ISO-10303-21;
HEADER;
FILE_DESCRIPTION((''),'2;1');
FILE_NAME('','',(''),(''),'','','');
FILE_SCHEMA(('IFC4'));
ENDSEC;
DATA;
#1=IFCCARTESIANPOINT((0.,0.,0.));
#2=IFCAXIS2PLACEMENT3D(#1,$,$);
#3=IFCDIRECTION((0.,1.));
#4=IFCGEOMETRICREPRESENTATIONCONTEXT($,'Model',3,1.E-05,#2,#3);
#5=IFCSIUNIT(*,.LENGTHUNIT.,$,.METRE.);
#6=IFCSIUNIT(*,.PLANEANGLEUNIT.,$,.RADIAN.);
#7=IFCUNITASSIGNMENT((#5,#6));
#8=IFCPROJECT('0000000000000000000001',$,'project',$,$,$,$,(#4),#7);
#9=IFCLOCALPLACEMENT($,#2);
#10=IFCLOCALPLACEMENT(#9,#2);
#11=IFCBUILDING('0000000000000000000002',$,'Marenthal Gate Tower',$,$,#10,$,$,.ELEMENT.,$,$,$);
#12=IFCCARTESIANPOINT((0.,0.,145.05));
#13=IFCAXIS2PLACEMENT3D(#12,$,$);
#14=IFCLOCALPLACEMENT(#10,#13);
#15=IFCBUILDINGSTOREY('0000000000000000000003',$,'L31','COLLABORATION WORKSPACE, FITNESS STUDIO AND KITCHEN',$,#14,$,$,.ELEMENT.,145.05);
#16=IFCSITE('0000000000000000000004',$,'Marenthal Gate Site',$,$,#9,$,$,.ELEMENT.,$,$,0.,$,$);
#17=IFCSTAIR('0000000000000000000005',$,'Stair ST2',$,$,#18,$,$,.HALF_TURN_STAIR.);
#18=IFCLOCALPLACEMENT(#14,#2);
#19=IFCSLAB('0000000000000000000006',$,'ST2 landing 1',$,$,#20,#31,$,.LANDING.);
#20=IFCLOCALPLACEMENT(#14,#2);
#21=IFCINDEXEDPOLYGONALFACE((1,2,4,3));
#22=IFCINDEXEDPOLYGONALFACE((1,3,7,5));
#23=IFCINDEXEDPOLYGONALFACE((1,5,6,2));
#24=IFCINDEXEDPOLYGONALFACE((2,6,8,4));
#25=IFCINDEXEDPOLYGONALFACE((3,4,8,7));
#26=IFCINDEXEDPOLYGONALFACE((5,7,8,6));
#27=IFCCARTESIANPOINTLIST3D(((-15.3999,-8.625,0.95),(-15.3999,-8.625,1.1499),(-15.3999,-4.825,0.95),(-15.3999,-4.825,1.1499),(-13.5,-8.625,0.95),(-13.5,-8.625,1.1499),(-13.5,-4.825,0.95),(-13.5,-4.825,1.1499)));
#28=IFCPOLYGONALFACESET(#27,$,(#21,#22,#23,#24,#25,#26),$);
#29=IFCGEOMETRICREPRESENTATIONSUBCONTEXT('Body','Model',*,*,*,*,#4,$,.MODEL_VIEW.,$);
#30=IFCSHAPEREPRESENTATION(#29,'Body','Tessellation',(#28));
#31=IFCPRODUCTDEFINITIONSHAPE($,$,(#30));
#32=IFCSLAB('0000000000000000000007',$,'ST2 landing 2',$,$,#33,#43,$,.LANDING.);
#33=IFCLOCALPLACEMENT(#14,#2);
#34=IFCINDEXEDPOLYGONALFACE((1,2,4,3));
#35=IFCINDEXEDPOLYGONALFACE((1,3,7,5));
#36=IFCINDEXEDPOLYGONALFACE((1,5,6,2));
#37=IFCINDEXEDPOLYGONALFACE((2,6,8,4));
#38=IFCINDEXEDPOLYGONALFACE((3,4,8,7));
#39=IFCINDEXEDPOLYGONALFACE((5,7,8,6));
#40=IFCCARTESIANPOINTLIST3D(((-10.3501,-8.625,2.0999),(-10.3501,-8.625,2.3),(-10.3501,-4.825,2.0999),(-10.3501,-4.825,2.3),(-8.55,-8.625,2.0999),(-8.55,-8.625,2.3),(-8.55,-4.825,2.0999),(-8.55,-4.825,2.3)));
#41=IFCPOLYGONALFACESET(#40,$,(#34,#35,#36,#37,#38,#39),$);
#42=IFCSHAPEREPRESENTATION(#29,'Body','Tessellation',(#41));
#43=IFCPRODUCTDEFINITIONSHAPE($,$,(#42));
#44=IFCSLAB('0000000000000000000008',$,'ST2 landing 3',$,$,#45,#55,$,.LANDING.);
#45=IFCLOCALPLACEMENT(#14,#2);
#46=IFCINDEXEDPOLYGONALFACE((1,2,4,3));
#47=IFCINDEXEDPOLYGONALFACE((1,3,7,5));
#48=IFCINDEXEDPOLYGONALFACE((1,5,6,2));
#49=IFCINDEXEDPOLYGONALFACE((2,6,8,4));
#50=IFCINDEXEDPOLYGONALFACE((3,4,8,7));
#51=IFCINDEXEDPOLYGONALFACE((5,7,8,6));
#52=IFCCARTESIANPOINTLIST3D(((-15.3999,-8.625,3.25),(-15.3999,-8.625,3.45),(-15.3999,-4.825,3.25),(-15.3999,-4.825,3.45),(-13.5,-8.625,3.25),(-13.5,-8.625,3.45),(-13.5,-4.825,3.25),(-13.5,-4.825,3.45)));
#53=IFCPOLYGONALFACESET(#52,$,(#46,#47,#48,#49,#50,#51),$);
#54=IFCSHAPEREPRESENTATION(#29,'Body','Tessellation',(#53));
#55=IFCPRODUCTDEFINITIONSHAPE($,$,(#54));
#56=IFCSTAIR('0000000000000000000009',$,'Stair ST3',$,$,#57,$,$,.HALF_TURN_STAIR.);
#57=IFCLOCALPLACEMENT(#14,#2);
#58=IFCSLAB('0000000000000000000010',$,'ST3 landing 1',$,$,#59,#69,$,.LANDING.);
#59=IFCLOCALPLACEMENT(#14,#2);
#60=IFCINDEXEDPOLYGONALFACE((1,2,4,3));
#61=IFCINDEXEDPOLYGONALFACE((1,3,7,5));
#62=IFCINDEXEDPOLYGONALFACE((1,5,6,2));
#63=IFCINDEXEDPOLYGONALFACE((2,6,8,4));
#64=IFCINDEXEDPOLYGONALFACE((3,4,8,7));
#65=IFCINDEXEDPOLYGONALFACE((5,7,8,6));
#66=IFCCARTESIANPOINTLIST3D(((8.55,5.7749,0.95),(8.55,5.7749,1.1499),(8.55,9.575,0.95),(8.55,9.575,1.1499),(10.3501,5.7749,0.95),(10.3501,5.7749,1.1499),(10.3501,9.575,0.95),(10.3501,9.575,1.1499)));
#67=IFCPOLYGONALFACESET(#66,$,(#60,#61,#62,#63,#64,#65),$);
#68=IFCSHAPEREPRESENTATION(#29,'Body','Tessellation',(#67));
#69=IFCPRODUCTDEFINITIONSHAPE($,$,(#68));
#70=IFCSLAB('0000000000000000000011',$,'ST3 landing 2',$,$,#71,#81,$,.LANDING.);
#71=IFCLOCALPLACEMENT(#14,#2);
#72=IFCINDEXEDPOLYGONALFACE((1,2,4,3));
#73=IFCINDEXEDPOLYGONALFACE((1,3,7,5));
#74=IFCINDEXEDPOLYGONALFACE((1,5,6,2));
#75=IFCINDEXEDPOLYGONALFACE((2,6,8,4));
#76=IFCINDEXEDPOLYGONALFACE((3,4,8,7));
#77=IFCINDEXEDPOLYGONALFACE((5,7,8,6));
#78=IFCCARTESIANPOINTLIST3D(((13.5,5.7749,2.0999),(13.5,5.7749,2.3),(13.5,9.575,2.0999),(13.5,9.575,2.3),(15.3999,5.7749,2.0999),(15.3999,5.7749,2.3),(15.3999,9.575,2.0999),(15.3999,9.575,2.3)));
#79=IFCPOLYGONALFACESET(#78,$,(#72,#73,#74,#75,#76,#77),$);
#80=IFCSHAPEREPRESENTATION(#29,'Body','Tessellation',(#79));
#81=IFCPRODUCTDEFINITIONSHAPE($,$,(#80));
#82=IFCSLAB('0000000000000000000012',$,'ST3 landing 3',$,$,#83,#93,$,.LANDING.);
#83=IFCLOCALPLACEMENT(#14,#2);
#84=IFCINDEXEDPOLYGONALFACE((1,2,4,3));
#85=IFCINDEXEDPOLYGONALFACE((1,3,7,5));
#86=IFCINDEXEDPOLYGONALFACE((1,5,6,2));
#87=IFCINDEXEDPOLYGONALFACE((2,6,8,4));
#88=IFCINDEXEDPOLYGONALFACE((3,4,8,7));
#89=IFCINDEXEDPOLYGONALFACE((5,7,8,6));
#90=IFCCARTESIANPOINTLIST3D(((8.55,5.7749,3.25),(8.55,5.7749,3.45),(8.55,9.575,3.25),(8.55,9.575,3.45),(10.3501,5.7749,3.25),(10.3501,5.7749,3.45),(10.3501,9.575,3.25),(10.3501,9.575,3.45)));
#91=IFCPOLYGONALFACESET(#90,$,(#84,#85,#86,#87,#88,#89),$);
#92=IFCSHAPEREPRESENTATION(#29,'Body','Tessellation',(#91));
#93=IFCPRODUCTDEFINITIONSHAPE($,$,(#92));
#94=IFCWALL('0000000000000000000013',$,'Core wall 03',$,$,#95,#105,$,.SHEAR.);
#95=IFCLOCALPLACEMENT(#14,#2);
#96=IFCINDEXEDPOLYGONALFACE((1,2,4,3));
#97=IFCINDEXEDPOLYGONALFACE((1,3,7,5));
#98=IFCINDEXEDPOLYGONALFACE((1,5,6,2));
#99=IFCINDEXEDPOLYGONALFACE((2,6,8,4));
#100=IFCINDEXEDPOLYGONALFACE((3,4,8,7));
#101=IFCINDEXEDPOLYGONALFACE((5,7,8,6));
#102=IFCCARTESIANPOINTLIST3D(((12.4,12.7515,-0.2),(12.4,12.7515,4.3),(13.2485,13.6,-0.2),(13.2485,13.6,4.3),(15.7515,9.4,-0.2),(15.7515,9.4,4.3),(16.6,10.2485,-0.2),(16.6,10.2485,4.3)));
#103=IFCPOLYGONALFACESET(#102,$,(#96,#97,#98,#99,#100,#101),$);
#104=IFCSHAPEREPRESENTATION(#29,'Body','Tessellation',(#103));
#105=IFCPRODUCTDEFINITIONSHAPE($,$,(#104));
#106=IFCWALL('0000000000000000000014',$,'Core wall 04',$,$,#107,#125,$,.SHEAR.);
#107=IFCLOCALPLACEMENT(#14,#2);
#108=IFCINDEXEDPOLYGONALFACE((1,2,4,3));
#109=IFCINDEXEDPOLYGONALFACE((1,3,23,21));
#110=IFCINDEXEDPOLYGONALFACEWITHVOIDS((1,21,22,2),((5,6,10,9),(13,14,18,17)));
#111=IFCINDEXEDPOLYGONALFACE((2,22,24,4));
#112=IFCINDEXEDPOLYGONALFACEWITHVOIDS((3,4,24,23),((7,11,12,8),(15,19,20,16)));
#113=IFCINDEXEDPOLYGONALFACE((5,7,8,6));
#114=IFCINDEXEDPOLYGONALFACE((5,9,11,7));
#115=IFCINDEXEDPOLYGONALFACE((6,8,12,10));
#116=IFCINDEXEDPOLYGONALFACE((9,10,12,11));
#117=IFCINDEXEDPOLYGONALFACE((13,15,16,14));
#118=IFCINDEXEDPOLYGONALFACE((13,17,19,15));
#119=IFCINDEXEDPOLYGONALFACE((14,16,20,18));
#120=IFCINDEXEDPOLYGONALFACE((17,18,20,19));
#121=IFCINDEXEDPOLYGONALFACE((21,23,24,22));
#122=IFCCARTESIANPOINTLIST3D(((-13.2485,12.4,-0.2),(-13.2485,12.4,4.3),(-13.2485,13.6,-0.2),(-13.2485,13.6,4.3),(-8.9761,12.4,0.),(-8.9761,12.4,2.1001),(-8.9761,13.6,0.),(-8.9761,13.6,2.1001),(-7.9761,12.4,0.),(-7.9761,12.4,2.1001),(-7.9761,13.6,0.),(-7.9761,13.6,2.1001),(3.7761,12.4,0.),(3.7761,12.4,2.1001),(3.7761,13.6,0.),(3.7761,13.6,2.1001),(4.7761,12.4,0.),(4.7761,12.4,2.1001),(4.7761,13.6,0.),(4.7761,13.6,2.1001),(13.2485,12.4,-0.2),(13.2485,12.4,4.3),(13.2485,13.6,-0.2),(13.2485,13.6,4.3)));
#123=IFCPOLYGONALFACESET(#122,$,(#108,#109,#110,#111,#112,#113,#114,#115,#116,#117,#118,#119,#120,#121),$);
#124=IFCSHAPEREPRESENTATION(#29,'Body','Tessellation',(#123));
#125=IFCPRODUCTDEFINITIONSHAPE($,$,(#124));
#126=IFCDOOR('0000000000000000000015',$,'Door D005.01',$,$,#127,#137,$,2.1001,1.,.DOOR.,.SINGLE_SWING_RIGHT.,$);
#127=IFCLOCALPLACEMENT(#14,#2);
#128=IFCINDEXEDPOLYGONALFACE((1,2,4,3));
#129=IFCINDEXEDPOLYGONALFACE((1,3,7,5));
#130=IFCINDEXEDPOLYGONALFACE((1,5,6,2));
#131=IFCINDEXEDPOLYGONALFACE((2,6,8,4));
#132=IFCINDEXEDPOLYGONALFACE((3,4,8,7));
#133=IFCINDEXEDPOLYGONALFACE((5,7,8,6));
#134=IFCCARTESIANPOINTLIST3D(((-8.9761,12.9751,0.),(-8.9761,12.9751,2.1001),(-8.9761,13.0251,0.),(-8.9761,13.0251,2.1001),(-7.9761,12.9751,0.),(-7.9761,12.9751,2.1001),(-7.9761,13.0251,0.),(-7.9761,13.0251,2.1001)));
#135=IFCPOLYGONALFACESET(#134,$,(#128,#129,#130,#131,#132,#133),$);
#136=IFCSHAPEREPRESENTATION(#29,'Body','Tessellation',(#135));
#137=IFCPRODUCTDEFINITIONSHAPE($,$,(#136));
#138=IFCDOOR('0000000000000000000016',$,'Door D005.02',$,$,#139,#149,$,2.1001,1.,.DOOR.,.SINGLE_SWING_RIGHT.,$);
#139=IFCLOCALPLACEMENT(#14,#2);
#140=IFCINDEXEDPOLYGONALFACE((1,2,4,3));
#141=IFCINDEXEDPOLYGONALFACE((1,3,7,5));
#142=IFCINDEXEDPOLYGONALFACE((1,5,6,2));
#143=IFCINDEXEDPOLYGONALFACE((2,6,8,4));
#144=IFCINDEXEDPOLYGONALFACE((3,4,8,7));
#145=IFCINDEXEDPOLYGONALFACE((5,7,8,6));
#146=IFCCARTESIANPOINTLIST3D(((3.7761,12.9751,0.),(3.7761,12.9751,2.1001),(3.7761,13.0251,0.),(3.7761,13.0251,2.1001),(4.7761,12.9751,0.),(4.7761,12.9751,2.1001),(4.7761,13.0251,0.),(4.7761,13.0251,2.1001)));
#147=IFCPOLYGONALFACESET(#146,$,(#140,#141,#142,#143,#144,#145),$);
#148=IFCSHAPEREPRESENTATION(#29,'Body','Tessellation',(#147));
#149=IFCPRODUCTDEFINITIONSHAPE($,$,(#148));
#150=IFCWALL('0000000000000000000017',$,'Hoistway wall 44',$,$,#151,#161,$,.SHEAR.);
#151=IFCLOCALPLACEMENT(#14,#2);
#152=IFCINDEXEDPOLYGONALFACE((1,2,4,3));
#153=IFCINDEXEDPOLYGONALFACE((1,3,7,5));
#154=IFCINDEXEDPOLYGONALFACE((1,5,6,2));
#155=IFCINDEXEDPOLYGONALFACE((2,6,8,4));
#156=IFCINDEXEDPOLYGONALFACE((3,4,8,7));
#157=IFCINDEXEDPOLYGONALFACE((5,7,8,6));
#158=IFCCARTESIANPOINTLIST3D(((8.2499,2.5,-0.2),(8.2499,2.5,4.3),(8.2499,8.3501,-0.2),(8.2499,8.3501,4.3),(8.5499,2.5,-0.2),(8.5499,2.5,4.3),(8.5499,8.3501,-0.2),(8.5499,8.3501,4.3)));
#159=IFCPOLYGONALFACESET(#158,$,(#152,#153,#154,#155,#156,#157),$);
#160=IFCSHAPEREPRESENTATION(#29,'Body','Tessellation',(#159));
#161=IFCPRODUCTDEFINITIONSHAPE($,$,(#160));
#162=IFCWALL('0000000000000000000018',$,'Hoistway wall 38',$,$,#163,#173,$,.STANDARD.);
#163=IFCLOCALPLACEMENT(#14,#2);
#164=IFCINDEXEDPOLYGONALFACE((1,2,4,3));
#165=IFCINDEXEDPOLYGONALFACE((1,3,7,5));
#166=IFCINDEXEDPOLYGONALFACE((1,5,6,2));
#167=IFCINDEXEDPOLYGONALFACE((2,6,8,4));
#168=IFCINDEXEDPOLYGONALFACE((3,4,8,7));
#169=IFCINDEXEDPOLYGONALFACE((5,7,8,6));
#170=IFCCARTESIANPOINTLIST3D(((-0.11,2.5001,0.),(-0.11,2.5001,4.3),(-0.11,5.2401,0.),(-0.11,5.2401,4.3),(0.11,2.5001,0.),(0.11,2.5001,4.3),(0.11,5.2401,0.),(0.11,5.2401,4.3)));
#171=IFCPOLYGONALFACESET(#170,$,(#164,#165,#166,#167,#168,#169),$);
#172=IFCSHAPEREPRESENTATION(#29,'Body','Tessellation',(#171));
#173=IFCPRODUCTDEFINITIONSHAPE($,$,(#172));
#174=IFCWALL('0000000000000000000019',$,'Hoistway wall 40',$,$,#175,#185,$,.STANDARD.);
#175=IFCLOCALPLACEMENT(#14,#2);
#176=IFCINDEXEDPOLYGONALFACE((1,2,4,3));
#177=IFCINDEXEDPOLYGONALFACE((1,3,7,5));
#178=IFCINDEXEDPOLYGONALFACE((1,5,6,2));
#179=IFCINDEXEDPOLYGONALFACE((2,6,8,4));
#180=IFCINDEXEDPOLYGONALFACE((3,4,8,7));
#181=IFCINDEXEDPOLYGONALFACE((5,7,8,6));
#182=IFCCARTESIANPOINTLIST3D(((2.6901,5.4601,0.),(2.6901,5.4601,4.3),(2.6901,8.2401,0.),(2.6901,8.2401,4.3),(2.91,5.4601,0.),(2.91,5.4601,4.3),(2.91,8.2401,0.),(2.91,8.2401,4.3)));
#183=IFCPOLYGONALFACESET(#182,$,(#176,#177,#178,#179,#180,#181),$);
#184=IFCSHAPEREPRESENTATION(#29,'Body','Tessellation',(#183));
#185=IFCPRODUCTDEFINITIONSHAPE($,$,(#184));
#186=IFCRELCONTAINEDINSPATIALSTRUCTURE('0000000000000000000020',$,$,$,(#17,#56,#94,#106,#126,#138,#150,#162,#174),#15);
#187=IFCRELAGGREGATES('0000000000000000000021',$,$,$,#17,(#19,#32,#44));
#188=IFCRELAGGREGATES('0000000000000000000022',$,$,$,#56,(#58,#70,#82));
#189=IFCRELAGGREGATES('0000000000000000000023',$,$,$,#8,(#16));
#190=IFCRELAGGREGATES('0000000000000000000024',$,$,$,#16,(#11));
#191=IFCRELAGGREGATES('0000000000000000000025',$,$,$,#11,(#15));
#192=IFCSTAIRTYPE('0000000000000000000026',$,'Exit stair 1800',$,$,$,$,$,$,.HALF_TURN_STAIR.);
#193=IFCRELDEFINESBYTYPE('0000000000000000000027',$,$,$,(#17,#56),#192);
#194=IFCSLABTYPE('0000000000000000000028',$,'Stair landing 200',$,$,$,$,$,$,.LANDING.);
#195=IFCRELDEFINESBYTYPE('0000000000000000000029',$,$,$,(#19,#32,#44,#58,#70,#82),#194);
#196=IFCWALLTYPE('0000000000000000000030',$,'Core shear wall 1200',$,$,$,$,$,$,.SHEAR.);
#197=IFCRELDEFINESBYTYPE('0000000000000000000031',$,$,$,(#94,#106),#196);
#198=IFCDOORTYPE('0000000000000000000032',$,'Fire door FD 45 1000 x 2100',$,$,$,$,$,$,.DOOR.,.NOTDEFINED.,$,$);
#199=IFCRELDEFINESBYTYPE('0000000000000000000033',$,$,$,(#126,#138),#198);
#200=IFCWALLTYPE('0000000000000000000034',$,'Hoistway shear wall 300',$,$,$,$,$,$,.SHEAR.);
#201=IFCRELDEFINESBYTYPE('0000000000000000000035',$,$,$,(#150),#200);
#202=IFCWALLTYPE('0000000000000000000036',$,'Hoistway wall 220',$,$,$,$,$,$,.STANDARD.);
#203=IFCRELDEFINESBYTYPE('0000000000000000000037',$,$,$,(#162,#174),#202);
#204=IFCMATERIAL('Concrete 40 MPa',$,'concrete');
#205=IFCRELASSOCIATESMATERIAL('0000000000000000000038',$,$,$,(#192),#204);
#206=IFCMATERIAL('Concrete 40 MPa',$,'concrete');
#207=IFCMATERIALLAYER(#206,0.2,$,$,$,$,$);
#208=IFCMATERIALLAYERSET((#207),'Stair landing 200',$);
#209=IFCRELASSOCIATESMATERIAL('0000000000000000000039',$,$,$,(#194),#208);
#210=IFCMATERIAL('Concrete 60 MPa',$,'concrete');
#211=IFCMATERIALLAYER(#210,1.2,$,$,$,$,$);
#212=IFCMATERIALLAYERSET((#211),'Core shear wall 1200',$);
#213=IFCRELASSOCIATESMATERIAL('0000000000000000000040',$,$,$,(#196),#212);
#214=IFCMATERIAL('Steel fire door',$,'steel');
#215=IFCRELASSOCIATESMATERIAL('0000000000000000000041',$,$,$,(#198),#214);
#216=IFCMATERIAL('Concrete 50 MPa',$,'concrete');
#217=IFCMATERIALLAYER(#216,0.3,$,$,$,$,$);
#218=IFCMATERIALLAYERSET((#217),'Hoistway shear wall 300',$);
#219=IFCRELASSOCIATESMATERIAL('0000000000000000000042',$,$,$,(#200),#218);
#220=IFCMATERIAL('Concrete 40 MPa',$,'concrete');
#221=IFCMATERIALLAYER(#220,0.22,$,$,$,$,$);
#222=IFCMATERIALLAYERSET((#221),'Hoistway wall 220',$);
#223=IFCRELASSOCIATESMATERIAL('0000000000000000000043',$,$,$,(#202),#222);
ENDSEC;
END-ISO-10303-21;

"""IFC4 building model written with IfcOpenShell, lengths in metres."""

from ifc_helpers import new_model, si_unit, direction, frame, frame_2d, origin, place, context, subcontext, project, spatial, polyline, rectangle, outline, extrude, material, layer, layer_set, type_object, element, fill, aggregate, save


model = new_model("IFC4")

# Units and contexts
model_context = context("Model", 3, precision=1e-05, world=origin(), true_north=direction((0.0, 1.0)))
body_context = subcontext(model_context, "Body", "Model", "MODEL_VIEW")
ifc_project = project(units=[si_unit("LENGTHUNIT", "METRE"), si_unit("PLANEANGLEUNIT", "RADIAN")], contexts=[model_context])

# Site, building, storey
site_placement = place(None, origin())
site = spatial("IfcSite", under=ifc_project, at=site_placement, Name="Marenthal Gate Site", CompositionType="ELEMENT", RefElevation=0.0)
building_placement = place(site_placement, origin())
building = spatial("IfcBuilding", under=site, at=building_placement, Name="Marenthal Gate Tower", CompositionType="ELEMENT")
storey_placement = place(building_placement, frame((0.0, 0.0, 145.05)))
storey = spatial("IfcBuildingStorey", under=building, at=storey_placement, Name="L31", Description="COLLABORATION WORKSPACE, FITNESS STUDIO AND KITCHEN", CompositionType="ELEMENT", Elevation=145.05)

# Shared definitions
ifc_material_1 = material(Name="Concrete 40 MPa", Category="concrete")
stair_type = type_object("IfcStairType", Name="Exit stair 1800", PredefinedType="HALF_TURN_STAIR", material=ifc_material_1)
ifc_material_2 = material(Name="Concrete 40 MPa", Category="concrete")
ifc_layer_1 = layer(ifc_material_2, 0.2)
ifc_layer_set_1 = layer_set([ifc_layer_1], Name="Stair landing 200")
slab_type = type_object("IfcSlabType", Name="Stair landing 200", PredefinedType="LANDING", material=ifc_layer_set_1)

# Stairs, slabs
stair_1_placement = place(storey_placement, origin())
stair_1 = element("IfcStair", 1, at=stair_1_placement, inside=storey, type_object=stair_type, Name="Stair ST2", PredefinedType="HALF_TURN_STAIR")
slab_1_placement = place(storey_placement, frame((0.0, 0.0, 0.95)))
slab_1 = element("IfcSlab", 2, at=slab_1_placement, type_object=slab_type, Name="ST2 landing 1", PredefinedType="LANDING", context=body_context, shape_type="SweptSolid", body=[
    extrude(outline(polyline([(-15.3999, -8.625), (-13.5, -8.625), (-13.5, -4.825), (-15.3999, -4.825), (-15.3999, -8.625)])), origin(), (0.0, 0.0, 1.0), 0.2),
])
slab_2_placement = place(storey_placement, frame((0.0, 0.0, 2.0999)))
slab_2 = element("IfcSlab", 3, at=slab_2_placement, type_object=slab_type, Name="ST2 landing 2", PredefinedType="LANDING", context=body_context, shape_type="SweptSolid", body=[
    extrude(outline(polyline([(-10.3501, -8.625), (-8.55, -8.625), (-8.55, -4.825), (-10.3501, -4.825), (-10.3501, -8.625)])), origin(), (0.0, 0.0, 1.0), 0.2002),
])
slab_3_placement = place(storey_placement, frame((0.0, 0.0, 3.25)))
slab_3 = element("IfcSlab", 4, at=slab_3_placement, type_object=slab_type, Name="ST2 landing 3", PredefinedType="LANDING", context=body_context, shape_type="SweptSolid", body=[
    extrude(outline(polyline([(-15.3999, -8.625), (-13.5, -8.625), (-13.5, -4.825), (-15.3999, -4.825), (-15.3999, -8.625)])), origin(), (0.0, 0.0, 1.0), 0.2),
])
aggregate(stair_1, [slab_1, slab_2, slab_3])
stair_2_placement = place(storey_placement, origin())
stair_2 = element("IfcStair", 5, at=stair_2_placement, inside=storey, type_object=stair_type, Name="Stair ST3", PredefinedType="HALF_TURN_STAIR")
slab_4_placement = place(storey_placement, frame((0.0, 0.0, 0.95)))
slab_4 = element("IfcSlab", 6, at=slab_4_placement, type_object=slab_type, Name="ST3 landing 1", PredefinedType="LANDING", context=body_context, shape_type="SweptSolid", body=[
    extrude(outline(polyline([(8.55, 5.7749), (10.3501, 5.7749), (10.3501, 9.575), (8.55, 9.575), (8.55, 5.7749)])), origin(), (0.0, 0.0, 1.0), 0.2),
])
slab_5_placement = place(storey_placement, frame((0.0, 0.0, 2.0999)))
slab_5 = element("IfcSlab", 7, at=slab_5_placement, type_object=slab_type, Name="ST3 landing 2", PredefinedType="LANDING", context=body_context, shape_type="SweptSolid", body=[
    extrude(outline(polyline([(13.5, 5.7749), (15.3999, 5.7749), (15.3999, 9.575), (13.5, 9.575), (13.5, 5.7749)])), origin(), (0.0, 0.0, 1.0), 0.2002),
])
slab_6_placement = place(storey_placement, frame((0.0, 0.0, 3.25)))
slab_6 = element("IfcSlab", 8, at=slab_6_placement, type_object=slab_type, Name="ST3 landing 3", PredefinedType="LANDING", context=body_context, shape_type="SweptSolid", body=[
    extrude(outline(polyline([(8.55, 5.7749), (10.3501, 5.7749), (10.3501, 9.575), (8.55, 9.575), (8.55, 5.7749)])), origin(), (0.0, 0.0, 1.0), 0.2),
])

# Wall
ifc_material_3 = material(Name="Concrete 60 MPa", Category="concrete")
ifc_layer_2 = layer(ifc_material_3, 1.2)
ifc_layer_set_2 = layer_set([ifc_layer_2], Name="Core shear wall 1200")
wall_type_1 = type_object("IfcWallType", Name="Core shear wall 1200", PredefinedType="SHEAR", material=ifc_layer_set_2)
wall_1_placement = place(storey_placement, frame((16.1758, 9.8242, -0.2), z_axis=(0.0, 0.0, 1.0), x_axis=(-0.707107, 0.707107, 0.0)))
element("IfcWall", 9, at=wall_1_placement, inside=storey, type_object=wall_type_1, Name="Core wall 03", PredefinedType="SHEAR", context=body_context, shape_type="SweptSolid", body=[
    extrude(rectangle(XDim=4.7397, YDim=1.2, at=frame_2d((2.3699, 0.0))), origin(), (0.0, 0.0, 1.0), 4.5),
])

# Wall, openings, doors
wall_2_placement = place(storey_placement, frame((13.2485, 13.0, -0.2), z_axis=(0.0, 0.0, 1.0), x_axis=(-1.0, 0.0, 0.0)))
wall_2 = element("IfcWall", 10, at=wall_2_placement, inside=storey, type_object=wall_type_1, Name="Core wall 04", PredefinedType="SHEAR", context=body_context, shape_type="SweptSolid", body=[
    extrude(rectangle(XDim=26.4971, YDim=1.2, at=frame_2d((13.2485, 0.0))), origin(), (0.0, 0.0, 1.0), 4.5),
])
opening_1_placement = place(wall_2_placement, frame((21.2246, 0.0, 0.2)))
opening_1 = element("IfcOpeningElement", 11, at=opening_1_placement, cuts=wall_2, PredefinedType="OPENING", context=body_context, shape_type="SweptSolid", body=[
    extrude(rectangle(XDim=1.0, YDim=2.1001, at=frame_2d((0.5, 1.05))), frame((0.0, 0.6099, 0.0), z_axis=(0.0, -1.0, 0.0), x_axis=(1.0, 0.0, 0.0)), (0.0, 0.0, 1.0), 1.22),
])
opening_2_placement = place(wall_2_placement, frame((8.4724, 0.0, 0.2)))
opening_2 = element("IfcOpeningElement", 12, at=opening_2_placement, cuts=wall_2, PredefinedType="OPENING", context=body_context, shape_type="SweptSolid", body=[
    extrude(rectangle(XDim=1.0, YDim=2.1001, at=frame_2d((0.5, 1.05))), frame((0.0, 0.6099, 0.0), z_axis=(0.0, -1.0, 0.0), x_axis=(1.0, 0.0, 0.0)), (0.0, 0.0, 1.0), 1.22),
])
ifc_material_4 = material(Name="Steel fire door", Category="steel")
door_type_1 = type_object("IfcDoorType", Name="Fire door FD 45 1000 x 2100", OperationType="NOTDEFINED", PredefinedType="DOOR", material=ifc_material_4)
door_1_placement = place(opening_1_placement, origin())
door_1 = element("IfcDoor", 13, at=door_1_placement, inside=storey, type_object=door_type_1, Name="Door D005.01", OperationType="SINGLE_SWING_RIGHT", OverallHeight=2.1001, OverallWidth=1.0, PredefinedType="DOOR", context=body_context, shape_type="SweptSolid", body=[
    extrude(rectangle(XDim=1.0, YDim=2.1001, at=frame_2d((0.5, 1.05))), frame((0.0, 0.0249, 0.0), z_axis=(0.0, -1.0, 0.0), x_axis=(1.0, 0.0, 0.0)), (0.0, 0.0, 1.0), 0.05),
])
fill(opening_1, door_1)
door_2_placement = place(opening_2_placement, origin())
door_2 = element("IfcDoor", 14, at=door_2_placement, inside=storey, type_object=door_type_1, Name="Door D005.02", OperationType="SINGLE_SWING_RIGHT", OverallHeight=2.1001, OverallWidth=1.0, PredefinedType="DOOR", context=body_context, shape_type="SweptSolid", body=[
    extrude(rectangle(XDim=1.0, YDim=2.1001, at=frame_2d((0.5, 1.05))), frame((0.0, 0.0249, 0.0), z_axis=(0.0, -1.0, 0.0), x_axis=(1.0, 0.0, 0.0)), (0.0, 0.0, 1.0), 0.05),
])
fill(opening_2, door_2)

# Walls
ifc_material_5 = material(Name="Concrete 50 MPa", Category="concrete")
ifc_layer_3 = layer(ifc_material_5, 0.3)
ifc_layer_set_3 = layer_set([ifc_layer_3], Name="Hoistway shear wall 300")
wall_type_2 = type_object("IfcWallType", Name="Hoistway shear wall 300", PredefinedType="SHEAR", material=ifc_layer_set_3)
wall_3_placement = place(storey_placement, frame((8.3999, 2.5, -0.2), z_axis=(0.0, 0.0, 1.0), x_axis=(0.0, 1.0, 0.0)))
element("IfcWall", 15, at=wall_3_placement, inside=storey, type_object=wall_type_2, Name="Hoistway wall 44", PredefinedType="SHEAR", context=body_context, shape_type="SweptSolid", body=[
    extrude(rectangle(XDim=5.8501, YDim=0.3, at=frame_2d((2.925, 0.0))), origin(), (0.0, 0.0, 1.0), 4.5),
])
ifc_material_6 = material(Name="Concrete 40 MPa", Category="concrete")
ifc_layer_4 = layer(ifc_material_6, 0.22)
ifc_layer_set_4 = layer_set([ifc_layer_4], Name="Hoistway wall 220")
wall_type_3 = type_object("IfcWallType", Name="Hoistway wall 220", PredefinedType="STANDARD", material=ifc_layer_set_4)
wall_4_placement = place(storey_placement, frame((0.0, 2.5, 0.0), z_axis=(0.0, 0.0, 1.0), x_axis=(0.0, 1.0, 0.0)))
element("IfcWall", 16, at=wall_4_placement, inside=storey, type_object=wall_type_3, Name="Hoistway wall 38", PredefinedType="STANDARD", context=body_context, shape_type="SweptSolid", body=[
    extrude(rectangle(XDim=2.74, YDim=0.22, at=frame_2d((1.3701, 0.0))), origin(), (0.0, 0.0, 1.0), 4.3),
])
wall_5_placement = place(storey_placement, frame((2.8, 5.46, 0.0), z_axis=(0.0, 0.0, 1.0), x_axis=(0.0, 1.0, 0.0)))
element("IfcWall", 17, at=wall_5_placement, inside=storey, type_object=wall_type_3, Name="Hoistway wall 40", PredefinedType="STANDARD", context=body_context, shape_type="SweptSolid", body=[
    extrude(rectangle(XDim=2.78, YDim=0.22, at=frame_2d((1.3901, 0.0))), origin(), (0.0, 0.0, 1.0), 4.3),
])

aggregate(stair_2, [slab_4, slab_5, slab_6])

save(model, "model.ifc")
